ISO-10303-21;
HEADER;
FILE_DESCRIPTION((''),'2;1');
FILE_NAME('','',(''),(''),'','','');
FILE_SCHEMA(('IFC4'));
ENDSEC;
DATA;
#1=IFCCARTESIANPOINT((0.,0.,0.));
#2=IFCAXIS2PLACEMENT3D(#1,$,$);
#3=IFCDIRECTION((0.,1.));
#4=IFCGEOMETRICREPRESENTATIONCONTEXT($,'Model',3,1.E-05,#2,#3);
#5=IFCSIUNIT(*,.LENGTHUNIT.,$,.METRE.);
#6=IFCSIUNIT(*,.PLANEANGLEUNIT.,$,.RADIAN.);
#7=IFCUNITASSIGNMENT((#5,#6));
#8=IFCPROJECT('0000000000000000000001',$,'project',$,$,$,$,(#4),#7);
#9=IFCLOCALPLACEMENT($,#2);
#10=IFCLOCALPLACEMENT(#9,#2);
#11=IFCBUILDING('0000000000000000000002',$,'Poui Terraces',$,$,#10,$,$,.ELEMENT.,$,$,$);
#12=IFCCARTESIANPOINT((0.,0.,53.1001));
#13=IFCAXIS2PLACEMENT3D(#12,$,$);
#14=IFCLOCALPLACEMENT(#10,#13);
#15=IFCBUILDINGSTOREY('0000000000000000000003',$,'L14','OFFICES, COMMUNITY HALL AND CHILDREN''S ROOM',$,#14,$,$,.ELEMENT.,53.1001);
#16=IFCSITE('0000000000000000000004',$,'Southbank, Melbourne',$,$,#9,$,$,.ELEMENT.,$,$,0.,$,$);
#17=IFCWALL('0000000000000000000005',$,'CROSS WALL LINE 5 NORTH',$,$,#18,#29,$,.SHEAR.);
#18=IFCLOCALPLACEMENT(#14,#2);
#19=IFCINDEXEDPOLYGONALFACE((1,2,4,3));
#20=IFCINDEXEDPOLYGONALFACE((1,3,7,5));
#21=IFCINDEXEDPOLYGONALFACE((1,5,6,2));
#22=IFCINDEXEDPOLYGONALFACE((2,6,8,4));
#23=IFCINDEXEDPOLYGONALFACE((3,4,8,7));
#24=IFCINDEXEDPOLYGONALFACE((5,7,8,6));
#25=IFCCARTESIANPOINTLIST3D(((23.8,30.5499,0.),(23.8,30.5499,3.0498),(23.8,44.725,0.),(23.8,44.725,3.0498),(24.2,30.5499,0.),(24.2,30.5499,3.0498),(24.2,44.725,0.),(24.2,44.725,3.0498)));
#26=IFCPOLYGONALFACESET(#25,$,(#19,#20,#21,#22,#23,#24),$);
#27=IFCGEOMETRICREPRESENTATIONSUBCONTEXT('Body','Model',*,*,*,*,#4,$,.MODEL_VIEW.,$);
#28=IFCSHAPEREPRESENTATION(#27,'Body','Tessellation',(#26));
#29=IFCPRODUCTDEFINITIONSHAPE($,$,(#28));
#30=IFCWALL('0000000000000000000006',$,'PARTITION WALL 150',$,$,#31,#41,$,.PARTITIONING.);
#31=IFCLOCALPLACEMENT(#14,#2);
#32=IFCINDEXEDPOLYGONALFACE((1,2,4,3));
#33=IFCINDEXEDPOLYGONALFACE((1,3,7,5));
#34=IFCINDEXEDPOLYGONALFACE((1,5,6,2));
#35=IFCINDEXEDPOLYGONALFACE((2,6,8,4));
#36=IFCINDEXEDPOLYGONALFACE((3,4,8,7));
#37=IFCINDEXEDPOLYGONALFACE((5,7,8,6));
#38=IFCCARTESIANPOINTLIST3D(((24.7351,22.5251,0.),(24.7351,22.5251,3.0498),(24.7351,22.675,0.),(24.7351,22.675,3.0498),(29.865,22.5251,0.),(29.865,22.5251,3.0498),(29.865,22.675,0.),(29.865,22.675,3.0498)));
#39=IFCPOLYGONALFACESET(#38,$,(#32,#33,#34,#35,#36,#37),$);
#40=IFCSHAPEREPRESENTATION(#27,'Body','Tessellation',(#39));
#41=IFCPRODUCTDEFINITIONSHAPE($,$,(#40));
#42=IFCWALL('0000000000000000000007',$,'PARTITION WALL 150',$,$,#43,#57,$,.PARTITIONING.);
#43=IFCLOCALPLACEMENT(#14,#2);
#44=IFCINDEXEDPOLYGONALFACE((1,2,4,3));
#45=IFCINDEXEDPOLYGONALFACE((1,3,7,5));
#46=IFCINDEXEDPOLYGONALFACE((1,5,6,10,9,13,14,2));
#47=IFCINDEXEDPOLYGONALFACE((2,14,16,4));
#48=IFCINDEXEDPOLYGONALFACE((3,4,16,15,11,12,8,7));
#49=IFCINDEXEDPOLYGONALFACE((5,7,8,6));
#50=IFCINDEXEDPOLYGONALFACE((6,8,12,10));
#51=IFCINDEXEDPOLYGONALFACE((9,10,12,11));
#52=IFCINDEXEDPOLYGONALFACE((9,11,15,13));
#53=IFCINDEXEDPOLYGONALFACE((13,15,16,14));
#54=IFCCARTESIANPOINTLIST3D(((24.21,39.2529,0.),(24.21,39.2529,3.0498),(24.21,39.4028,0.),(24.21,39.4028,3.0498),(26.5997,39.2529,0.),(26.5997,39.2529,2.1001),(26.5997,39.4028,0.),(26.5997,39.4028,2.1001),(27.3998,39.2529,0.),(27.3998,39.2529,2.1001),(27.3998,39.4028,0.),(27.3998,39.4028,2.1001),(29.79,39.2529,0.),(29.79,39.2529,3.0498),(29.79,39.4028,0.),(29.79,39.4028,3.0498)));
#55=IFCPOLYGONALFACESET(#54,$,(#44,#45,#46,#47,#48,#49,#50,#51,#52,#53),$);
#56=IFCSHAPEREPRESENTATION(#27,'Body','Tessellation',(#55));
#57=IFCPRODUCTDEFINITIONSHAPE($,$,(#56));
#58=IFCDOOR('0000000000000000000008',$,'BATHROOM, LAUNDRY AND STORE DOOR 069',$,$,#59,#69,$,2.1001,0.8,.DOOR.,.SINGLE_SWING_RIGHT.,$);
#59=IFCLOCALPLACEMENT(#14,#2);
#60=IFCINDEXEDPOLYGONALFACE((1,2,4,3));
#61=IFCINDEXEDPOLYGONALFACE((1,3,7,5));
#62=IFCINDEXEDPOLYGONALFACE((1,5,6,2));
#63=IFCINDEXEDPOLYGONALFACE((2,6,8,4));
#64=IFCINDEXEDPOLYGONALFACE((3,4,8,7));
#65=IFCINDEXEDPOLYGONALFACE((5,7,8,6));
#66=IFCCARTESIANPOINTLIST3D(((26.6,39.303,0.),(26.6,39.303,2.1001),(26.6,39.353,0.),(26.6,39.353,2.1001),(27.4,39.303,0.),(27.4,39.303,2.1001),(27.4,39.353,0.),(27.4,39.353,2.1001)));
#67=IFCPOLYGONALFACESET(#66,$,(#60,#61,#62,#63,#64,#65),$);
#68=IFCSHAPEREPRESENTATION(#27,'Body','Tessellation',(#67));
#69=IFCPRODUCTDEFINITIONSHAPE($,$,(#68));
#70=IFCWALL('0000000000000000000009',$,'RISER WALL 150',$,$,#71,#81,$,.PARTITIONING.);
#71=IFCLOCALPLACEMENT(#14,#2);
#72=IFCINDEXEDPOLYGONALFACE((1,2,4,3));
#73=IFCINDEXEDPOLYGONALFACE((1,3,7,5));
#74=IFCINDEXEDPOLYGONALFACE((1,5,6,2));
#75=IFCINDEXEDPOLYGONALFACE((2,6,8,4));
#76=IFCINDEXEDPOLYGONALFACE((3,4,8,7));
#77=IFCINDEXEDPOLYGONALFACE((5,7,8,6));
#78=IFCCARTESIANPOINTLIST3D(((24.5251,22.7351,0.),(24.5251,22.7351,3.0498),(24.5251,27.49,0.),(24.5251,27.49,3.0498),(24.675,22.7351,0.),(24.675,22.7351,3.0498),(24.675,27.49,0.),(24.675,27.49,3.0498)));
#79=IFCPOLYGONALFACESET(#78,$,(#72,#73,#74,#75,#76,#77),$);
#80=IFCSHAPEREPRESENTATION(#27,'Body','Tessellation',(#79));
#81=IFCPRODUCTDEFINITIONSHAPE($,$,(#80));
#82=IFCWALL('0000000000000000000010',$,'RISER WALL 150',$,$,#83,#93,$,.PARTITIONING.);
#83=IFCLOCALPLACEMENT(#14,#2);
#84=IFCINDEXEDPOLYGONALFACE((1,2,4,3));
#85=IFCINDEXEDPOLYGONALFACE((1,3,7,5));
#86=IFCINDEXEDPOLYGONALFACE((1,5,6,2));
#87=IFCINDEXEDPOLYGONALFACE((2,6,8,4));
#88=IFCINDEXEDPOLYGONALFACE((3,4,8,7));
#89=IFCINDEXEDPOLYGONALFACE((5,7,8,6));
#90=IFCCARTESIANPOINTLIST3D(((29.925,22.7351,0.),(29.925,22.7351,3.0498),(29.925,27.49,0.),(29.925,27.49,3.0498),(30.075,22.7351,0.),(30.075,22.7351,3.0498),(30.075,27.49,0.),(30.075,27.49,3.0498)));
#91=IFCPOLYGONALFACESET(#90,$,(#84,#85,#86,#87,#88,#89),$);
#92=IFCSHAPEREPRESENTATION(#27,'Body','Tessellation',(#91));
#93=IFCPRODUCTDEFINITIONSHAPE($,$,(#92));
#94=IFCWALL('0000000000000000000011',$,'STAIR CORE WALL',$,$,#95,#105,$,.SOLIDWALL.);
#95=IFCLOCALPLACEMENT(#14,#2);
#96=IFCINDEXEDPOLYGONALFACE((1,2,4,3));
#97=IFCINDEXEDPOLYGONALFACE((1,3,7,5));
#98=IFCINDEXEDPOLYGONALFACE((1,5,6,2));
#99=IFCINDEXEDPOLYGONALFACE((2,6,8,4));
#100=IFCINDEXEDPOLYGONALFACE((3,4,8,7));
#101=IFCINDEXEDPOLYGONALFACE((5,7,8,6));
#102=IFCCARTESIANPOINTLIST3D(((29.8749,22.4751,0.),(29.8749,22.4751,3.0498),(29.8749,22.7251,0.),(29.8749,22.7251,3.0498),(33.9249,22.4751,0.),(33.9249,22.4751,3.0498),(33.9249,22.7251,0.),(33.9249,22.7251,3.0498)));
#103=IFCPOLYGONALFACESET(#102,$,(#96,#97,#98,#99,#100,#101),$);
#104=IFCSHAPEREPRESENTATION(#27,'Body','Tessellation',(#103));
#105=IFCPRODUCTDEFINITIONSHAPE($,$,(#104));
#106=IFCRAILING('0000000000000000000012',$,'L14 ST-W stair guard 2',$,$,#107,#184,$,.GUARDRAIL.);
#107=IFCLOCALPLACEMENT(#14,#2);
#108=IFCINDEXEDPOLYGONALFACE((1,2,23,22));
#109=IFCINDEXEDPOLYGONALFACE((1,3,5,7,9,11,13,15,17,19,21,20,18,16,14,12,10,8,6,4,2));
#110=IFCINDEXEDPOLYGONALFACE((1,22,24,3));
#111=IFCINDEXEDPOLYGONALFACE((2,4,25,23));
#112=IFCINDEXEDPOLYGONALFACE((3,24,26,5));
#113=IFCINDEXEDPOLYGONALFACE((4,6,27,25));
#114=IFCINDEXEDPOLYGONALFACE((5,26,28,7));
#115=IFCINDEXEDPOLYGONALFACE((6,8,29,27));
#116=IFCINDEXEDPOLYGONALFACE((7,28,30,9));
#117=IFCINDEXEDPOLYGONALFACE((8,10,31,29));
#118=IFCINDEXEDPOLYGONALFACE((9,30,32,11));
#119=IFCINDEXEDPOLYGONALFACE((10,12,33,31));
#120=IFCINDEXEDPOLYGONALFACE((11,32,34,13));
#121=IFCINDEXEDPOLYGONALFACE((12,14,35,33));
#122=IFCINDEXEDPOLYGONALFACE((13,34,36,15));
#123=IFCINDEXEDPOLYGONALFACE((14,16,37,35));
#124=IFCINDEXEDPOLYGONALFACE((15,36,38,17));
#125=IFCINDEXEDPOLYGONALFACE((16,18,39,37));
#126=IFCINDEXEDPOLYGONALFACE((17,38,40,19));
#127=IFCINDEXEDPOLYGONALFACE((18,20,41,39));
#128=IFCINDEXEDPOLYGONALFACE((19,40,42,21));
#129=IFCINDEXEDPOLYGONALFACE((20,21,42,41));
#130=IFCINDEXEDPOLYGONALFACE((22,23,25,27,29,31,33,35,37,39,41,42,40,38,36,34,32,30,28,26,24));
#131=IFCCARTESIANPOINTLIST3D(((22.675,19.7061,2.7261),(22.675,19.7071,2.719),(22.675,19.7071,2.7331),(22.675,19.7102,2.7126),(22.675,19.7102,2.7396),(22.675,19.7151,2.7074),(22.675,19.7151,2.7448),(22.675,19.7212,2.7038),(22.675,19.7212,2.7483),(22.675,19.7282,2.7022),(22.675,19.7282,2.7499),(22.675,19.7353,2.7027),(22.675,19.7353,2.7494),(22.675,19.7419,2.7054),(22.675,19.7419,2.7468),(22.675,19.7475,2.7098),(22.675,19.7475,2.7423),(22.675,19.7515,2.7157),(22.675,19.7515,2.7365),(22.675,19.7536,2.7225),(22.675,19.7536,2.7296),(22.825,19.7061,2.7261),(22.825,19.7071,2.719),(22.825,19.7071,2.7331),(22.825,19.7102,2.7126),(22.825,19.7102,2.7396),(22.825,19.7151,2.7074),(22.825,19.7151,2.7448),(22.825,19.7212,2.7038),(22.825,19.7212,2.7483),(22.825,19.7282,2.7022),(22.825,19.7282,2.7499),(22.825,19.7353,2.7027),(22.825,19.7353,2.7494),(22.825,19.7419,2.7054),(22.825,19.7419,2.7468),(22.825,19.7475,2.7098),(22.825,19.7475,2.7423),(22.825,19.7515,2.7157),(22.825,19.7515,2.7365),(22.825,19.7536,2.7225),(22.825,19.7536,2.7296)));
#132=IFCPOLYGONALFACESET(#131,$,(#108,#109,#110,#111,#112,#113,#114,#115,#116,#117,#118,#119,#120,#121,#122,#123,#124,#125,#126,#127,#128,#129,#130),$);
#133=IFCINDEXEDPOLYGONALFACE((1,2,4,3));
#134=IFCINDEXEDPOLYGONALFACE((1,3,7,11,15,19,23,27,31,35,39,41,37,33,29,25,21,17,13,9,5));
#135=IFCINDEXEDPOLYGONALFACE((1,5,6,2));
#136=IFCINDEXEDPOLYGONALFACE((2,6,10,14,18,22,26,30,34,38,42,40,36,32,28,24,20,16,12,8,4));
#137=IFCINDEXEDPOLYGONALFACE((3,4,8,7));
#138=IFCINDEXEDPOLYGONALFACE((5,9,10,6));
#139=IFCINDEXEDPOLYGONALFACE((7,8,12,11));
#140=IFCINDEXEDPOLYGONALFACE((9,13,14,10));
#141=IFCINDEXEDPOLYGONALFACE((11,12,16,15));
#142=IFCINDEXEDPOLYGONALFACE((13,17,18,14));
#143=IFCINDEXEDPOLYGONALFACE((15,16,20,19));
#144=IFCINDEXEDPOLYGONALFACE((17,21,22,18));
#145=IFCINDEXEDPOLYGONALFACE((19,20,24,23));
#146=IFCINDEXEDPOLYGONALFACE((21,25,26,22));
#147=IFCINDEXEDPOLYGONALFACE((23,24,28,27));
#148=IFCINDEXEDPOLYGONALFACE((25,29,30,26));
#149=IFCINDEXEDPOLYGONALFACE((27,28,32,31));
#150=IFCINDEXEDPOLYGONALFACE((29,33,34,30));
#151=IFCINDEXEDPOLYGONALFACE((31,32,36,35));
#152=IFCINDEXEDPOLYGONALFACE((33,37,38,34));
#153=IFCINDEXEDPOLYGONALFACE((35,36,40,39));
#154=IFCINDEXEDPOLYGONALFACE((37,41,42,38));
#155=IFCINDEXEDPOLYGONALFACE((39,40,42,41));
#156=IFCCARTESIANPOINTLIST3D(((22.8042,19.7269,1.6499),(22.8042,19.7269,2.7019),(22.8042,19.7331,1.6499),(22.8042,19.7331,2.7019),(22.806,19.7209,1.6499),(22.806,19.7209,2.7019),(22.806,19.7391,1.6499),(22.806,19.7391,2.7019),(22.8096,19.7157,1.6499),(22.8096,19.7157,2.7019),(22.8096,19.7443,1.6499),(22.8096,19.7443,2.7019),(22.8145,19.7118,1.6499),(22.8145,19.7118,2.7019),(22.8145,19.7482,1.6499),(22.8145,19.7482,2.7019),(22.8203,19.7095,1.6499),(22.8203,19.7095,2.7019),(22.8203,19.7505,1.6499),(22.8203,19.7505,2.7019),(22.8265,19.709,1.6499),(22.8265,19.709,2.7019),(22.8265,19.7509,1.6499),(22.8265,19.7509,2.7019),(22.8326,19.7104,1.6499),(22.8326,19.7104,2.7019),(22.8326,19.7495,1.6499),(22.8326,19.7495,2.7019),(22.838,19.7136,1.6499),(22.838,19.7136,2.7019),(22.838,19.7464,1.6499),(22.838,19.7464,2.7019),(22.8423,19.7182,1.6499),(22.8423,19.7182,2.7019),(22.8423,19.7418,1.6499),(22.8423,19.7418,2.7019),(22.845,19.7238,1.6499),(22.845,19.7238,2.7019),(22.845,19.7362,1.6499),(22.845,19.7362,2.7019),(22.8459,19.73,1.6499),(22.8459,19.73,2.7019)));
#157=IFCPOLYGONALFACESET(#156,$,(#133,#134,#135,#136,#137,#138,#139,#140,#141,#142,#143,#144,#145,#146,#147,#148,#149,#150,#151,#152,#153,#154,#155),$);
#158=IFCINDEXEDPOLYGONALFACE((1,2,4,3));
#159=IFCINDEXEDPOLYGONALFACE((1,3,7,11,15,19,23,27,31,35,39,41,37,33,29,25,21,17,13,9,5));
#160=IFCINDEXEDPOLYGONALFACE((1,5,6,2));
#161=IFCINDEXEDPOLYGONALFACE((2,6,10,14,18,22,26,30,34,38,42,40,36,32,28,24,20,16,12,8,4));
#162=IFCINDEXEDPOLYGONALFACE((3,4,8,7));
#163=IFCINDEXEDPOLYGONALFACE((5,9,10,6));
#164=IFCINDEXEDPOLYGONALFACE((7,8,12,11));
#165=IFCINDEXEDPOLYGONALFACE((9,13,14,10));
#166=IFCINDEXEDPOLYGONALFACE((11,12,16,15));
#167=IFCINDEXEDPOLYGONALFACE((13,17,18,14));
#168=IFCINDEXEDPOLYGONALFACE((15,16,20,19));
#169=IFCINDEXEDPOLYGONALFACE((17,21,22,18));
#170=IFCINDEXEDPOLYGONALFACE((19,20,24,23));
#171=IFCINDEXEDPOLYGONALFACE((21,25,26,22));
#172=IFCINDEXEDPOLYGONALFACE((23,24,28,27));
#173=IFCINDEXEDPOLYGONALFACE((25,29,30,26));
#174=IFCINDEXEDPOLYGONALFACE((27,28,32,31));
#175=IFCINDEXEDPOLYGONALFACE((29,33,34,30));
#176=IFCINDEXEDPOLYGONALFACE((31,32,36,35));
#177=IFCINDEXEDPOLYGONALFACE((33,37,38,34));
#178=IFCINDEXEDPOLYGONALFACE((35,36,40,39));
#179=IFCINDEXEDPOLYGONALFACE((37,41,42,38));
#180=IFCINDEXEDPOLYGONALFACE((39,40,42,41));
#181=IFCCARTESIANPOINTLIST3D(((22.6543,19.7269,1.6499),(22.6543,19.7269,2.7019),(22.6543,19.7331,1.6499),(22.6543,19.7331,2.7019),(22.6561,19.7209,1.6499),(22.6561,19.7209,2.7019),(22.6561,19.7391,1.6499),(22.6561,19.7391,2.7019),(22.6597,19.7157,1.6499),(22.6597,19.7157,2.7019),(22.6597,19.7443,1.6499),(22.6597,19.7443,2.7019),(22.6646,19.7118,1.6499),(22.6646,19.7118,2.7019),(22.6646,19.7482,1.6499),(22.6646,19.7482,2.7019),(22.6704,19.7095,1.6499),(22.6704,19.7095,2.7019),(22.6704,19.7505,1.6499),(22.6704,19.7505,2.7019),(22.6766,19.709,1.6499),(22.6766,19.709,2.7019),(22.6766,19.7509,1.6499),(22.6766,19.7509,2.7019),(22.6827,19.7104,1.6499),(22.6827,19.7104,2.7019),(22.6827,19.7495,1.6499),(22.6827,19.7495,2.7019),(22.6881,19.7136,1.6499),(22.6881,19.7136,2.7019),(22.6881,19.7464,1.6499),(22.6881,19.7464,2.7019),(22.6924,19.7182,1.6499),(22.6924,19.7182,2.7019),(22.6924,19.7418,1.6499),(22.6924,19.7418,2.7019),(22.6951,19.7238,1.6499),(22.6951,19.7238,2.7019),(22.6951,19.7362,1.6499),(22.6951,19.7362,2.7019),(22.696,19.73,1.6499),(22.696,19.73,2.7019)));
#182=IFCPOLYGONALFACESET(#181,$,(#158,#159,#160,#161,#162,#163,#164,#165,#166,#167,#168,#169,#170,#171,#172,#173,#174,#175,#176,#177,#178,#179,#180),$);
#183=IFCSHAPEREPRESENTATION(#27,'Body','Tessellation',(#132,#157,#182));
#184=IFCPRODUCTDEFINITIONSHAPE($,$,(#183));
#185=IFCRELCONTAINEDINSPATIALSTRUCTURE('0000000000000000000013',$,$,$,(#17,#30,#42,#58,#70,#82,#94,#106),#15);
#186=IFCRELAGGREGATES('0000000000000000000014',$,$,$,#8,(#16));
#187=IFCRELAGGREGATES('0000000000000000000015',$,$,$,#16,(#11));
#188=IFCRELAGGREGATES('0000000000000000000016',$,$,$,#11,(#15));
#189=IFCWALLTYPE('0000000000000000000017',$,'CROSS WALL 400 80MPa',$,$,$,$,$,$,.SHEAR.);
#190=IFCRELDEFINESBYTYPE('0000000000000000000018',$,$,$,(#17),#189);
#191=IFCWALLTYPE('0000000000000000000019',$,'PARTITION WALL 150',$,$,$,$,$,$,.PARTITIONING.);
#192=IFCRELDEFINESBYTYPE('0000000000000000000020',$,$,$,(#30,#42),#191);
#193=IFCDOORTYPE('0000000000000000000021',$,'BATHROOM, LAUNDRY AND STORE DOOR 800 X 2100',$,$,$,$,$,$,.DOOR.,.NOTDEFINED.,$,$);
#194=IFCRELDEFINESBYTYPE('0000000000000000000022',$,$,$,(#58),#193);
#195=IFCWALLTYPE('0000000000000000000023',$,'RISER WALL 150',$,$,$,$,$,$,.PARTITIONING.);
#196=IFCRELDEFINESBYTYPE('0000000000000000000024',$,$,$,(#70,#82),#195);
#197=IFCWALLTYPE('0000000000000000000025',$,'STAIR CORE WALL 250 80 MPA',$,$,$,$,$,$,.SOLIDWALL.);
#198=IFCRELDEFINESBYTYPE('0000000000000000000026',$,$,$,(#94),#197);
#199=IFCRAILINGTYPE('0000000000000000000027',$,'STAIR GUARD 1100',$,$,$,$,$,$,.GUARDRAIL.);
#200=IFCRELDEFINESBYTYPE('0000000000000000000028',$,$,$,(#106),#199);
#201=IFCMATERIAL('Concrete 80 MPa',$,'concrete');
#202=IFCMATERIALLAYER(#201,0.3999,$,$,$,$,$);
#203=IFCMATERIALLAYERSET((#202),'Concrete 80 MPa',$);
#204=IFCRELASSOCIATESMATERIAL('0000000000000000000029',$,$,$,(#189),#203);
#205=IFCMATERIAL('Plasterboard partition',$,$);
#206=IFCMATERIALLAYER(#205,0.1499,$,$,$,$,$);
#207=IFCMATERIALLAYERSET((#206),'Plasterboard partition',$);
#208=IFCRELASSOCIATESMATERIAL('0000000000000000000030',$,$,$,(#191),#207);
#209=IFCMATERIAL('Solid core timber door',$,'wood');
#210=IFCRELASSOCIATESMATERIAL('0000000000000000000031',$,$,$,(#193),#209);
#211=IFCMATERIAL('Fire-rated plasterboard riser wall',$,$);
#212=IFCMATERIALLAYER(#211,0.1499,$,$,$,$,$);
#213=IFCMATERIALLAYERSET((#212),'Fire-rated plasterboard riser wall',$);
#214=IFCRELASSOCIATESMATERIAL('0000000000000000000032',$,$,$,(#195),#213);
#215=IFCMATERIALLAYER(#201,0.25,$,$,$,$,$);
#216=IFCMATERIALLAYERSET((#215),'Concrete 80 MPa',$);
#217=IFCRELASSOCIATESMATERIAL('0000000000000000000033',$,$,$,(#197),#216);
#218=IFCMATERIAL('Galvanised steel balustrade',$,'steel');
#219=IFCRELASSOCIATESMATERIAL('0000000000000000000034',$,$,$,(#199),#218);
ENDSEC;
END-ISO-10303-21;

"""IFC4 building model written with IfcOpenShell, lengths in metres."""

from ifc_helpers import new_model, si_unit, direction, frame, frame_2d, origin, origin_2d, place, context, subcontext, project, spatial, rectangle, circle, extrude, material, layer, layer_set, type_object, element, fill, save


model = new_model("IFC4")

# Units and contexts
model_context = context("Model", 3, precision=1e-05, world=origin(), true_north=direction((0.0, 1.0)))
body_context = subcontext(model_context, "Body", "Model", "MODEL_VIEW")
ifc_project = project(units=[si_unit("LENGTHUNIT", "METRE"), si_unit("PLANEANGLEUNIT", "RADIAN")], contexts=[model_context])

# Site, building, storey
site_placement = place(None, origin())
site = spatial("IfcSite", under=ifc_project, at=site_placement, Name="Southbank, Melbourne", CompositionType="ELEMENT", RefElevation=0.0)
building_placement = place(site_placement, origin())
building = spatial("IfcBuilding", under=site, at=building_placement, Name="Poui Terraces", CompositionType="ELEMENT")
storey_placement = place(building_placement, frame((0.0, 0.0, 53.1001)))
storey = spatial("IfcBuildingStorey", under=building, at=storey_placement, Name="L14", Description="OFFICES, COMMUNITY HALL AND CHILDREN'S ROOM", CompositionType="ELEMENT", Elevation=53.1001)

# Shared definitions
ifc_material_1 = material(Name="Concrete 80 MPa", Category="concrete")

# Shared definitions
ifc_material_2 = material(Name="Solid core timber door", Category="wood")

# Walls
ifc_layer_1 = layer(ifc_material_1, 0.3999)
ifc_layer_set_1 = layer_set([ifc_layer_1], Name="Concrete 80 MPa")
wall_type_1 = type_object("IfcWallType", Name="CROSS WALL 400 80MPa", PredefinedType="SHEAR", material=ifc_layer_set_1)
wall_1_placement = place(storey_placement, frame((24.0, 30.55, 0.0), z_axis=(0.0, 0.0, 1.0), x_axis=(0.0, 1.0, 0.0)))
element("IfcWall", 1, at=wall_1_placement, inside=storey, type_object=wall_type_1, Name="CROSS WALL LINE 5 NORTH", PredefinedType="SHEAR", context=body_context, shape_type="SweptSolid", body=[
    extrude(rectangle(XDim=14.175, YDim=0.3999, at=frame_2d((7.0874, 0.0))), origin(), (0.0, 0.0, 1.0), 3.0498),
])
ifc_material_3 = material(Name="Plasterboard partition")
ifc_layer_2 = layer(ifc_material_3, 0.1499)
ifc_layer_set_2 = layer_set([ifc_layer_2], Name="Plasterboard partition")
wall_type_2 = type_object("IfcWallType", Name="PARTITION WALL 150", PredefinedType="PARTITIONING", material=ifc_layer_set_2)
wall_2_placement = place(storey_placement, frame((24.7351, 22.6001, 0.0), z_axis=(0.0, 0.0, 1.0), x_axis=(1.0, 0.0, 0.0)))
element("IfcWall", 2, at=wall_2_placement, inside=storey, type_object=wall_type_2, Name="PARTITION WALL 150", PredefinedType="PARTITIONING", context=body_context, shape_type="SweptSolid", body=[
    extrude(rectangle(XDim=5.1299, YDim=0.1499, at=frame_2d((2.5649, 0.0))), origin(), (0.0, 0.0, 1.0), 3.0498),
])

# Wall, opening, door
wall_3_placement = place(storey_placement, frame((24.21, 39.3279, 0.0), z_axis=(0.0, 0.0, 1.0), x_axis=(1.0, 0.0, 0.0)))
wall_3 = element("IfcWall", 3, at=wall_3_placement, inside=storey, type_object=wall_type_2, Name="PARTITION WALL 150", PredefinedType="PARTITIONING", context=body_context, shape_type="SweptSolid", body=[
    extrude(rectangle(XDim=5.5801, YDim=0.1499, at=frame_2d((2.79, 0.0))), origin(), (0.0, 0.0, 1.0), 3.0498),
])
opening_1_placement = place(wall_3_placement, frame((2.3899, 0.0, 0.0)))
opening_1 = element("IfcOpeningElement", 4, at=opening_1_placement, cuts=wall_3, PredefinedType="OPENING", context=body_context, shape_type="SweptSolid", body=[
    extrude(rectangle(XDim=0.8, YDim=2.1001, at=frame_2d((0.3999, 1.05))), frame((0.0, 0.085, 0.0), z_axis=(0.0, -1.0, 0.0), x_axis=(1.0, 0.0, 0.0)), (0.0, 0.0, 1.0), 0.1699),
])
door_type_1 = type_object("IfcDoorType", Name="BATHROOM, LAUNDRY AND STORE DOOR 800 X 2100", OperationType="NOTDEFINED", PredefinedType="DOOR", material=ifc_material_2)
door_1_placement = place(opening_1_placement, frame((0.8, 0.0, 0.0), z_axis=(0.0, 0.0, 1.0), x_axis=(-1.0, 0.0, 0.0)))
door_1 = element("IfcDoor", 5, at=door_1_placement, inside=storey, type_object=door_type_1, Name="BATHROOM, LAUNDRY AND STORE DOOR 069", OperationType="SINGLE_SWING_RIGHT", OverallHeight=2.1001, OverallWidth=0.8, PredefinedType="DOOR", context=body_context, shape_type="SweptSolid", body=[
    extrude(rectangle(XDim=0.8, YDim=2.1001, at=frame_2d((0.3999, 1.05))), frame((0.0, 0.0249, 0.0), z_axis=(0.0, -1.0, 0.0), x_axis=(1.0, 0.0, 0.0)), (0.0, 0.0, 1.0), 0.05),
])
fill(opening_1, door_1)

# Walls
ifc_material_4 = material(Name="Fire-rated plasterboard riser wall")
ifc_layer_3 = layer(ifc_material_4, 0.1499)
ifc_layer_set_3 = layer_set([ifc_layer_3], Name="Fire-rated plasterboard riser wall")
wall_type_3 = type_object("IfcWallType", Name="RISER WALL 150", PredefinedType="PARTITIONING", material=ifc_layer_set_3)
for number, where, z_axis, x_axis, name in (
    (6, (24.6001, 22.7351, 0.0), (0.0, 0.0, 1.0), (0.0, 1.0, 0.0), "RISER WALL 150"),
    (7, (30.0, 22.7351, 0.0), (0.0, 0.0, 1.0), (0.0, 1.0, 0.0), "RISER WALL 150"),
):
    element("IfcWall", number, at=place(storey_placement, frame(where, z_axis=z_axis, x_axis=x_axis)), inside=storey, type_object=wall_type_3, Name=name, PredefinedType="PARTITIONING", context=body_context, shape_type="SweptSolid", body=[
        extrude(rectangle(XDim=4.7549, YDim=0.1499, at=frame_2d((2.3774, 0.0))), origin(), (0.0, 0.0, 1.0), 3.0498),
    ])
ifc_layer_4 = layer(ifc_material_1, 0.25)
ifc_layer_set_4 = layer_set([ifc_layer_4], Name="Concrete 80 MPa")
wall_type_4 = type_object("IfcWallType", Name="STAIR CORE WALL 250 80 MPA", PredefinedType="SOLIDWALL", material=ifc_layer_set_4)
wall_4_placement = place(storey_placement, frame((29.875, 22.6001, 0.0), z_axis=(0.0, 0.0, 1.0), x_axis=(1.0, 0.0, 0.0)))
element("IfcWall", 8, at=wall_4_placement, inside=storey, type_object=wall_type_4, Name="STAIR CORE WALL", PredefinedType="SOLIDWALL", context=body_context, shape_type="SweptSolid", body=[
    extrude(rectangle(XDim=4.05, YDim=0.25, at=frame_2d((2.0249, 0.0))), origin(), (0.0, 0.0, 1.0), 3.0498),
])

# Railing
ifc_material_5 = material(Name="Galvanised steel balustrade", Category="steel")
railing_type = type_object("IfcRailingType", Name="STAIR GUARD 1100", PredefinedType="GUARDRAIL", material=ifc_material_5)
railing_placement = place(storey_placement, frame((22.825, 19.73, 1.6499)))
element("IfcRailing", 9, at=railing_placement, inside=storey, type_object=railing_type, Name="L14 ST-W stair guard 2", PredefinedType="GUARDRAIL", context=body_context, shape_type="SweptSolid", body=[
    extrude(circle(Radius=0.0239, at=origin_2d()), frame((0.0, 0.0, 1.0762), z_axis=(-1.0, 0.0, 0.0), x_axis=(0.0, -1.0, 0.0)), (0.0, 0.0, 1.0), 0.1499),
    extrude(circle(Radius=0.021, at=origin_2d()), origin(), (0.0, 0.0, 1.0), 1.052),
    extrude(circle(Radius=0.021, at=origin_2d()), frame((-0.1499, 0.0, 0.0)), (0.0, 0.0, 1.0), 1.052),
])

save(model, "model.ifc")
